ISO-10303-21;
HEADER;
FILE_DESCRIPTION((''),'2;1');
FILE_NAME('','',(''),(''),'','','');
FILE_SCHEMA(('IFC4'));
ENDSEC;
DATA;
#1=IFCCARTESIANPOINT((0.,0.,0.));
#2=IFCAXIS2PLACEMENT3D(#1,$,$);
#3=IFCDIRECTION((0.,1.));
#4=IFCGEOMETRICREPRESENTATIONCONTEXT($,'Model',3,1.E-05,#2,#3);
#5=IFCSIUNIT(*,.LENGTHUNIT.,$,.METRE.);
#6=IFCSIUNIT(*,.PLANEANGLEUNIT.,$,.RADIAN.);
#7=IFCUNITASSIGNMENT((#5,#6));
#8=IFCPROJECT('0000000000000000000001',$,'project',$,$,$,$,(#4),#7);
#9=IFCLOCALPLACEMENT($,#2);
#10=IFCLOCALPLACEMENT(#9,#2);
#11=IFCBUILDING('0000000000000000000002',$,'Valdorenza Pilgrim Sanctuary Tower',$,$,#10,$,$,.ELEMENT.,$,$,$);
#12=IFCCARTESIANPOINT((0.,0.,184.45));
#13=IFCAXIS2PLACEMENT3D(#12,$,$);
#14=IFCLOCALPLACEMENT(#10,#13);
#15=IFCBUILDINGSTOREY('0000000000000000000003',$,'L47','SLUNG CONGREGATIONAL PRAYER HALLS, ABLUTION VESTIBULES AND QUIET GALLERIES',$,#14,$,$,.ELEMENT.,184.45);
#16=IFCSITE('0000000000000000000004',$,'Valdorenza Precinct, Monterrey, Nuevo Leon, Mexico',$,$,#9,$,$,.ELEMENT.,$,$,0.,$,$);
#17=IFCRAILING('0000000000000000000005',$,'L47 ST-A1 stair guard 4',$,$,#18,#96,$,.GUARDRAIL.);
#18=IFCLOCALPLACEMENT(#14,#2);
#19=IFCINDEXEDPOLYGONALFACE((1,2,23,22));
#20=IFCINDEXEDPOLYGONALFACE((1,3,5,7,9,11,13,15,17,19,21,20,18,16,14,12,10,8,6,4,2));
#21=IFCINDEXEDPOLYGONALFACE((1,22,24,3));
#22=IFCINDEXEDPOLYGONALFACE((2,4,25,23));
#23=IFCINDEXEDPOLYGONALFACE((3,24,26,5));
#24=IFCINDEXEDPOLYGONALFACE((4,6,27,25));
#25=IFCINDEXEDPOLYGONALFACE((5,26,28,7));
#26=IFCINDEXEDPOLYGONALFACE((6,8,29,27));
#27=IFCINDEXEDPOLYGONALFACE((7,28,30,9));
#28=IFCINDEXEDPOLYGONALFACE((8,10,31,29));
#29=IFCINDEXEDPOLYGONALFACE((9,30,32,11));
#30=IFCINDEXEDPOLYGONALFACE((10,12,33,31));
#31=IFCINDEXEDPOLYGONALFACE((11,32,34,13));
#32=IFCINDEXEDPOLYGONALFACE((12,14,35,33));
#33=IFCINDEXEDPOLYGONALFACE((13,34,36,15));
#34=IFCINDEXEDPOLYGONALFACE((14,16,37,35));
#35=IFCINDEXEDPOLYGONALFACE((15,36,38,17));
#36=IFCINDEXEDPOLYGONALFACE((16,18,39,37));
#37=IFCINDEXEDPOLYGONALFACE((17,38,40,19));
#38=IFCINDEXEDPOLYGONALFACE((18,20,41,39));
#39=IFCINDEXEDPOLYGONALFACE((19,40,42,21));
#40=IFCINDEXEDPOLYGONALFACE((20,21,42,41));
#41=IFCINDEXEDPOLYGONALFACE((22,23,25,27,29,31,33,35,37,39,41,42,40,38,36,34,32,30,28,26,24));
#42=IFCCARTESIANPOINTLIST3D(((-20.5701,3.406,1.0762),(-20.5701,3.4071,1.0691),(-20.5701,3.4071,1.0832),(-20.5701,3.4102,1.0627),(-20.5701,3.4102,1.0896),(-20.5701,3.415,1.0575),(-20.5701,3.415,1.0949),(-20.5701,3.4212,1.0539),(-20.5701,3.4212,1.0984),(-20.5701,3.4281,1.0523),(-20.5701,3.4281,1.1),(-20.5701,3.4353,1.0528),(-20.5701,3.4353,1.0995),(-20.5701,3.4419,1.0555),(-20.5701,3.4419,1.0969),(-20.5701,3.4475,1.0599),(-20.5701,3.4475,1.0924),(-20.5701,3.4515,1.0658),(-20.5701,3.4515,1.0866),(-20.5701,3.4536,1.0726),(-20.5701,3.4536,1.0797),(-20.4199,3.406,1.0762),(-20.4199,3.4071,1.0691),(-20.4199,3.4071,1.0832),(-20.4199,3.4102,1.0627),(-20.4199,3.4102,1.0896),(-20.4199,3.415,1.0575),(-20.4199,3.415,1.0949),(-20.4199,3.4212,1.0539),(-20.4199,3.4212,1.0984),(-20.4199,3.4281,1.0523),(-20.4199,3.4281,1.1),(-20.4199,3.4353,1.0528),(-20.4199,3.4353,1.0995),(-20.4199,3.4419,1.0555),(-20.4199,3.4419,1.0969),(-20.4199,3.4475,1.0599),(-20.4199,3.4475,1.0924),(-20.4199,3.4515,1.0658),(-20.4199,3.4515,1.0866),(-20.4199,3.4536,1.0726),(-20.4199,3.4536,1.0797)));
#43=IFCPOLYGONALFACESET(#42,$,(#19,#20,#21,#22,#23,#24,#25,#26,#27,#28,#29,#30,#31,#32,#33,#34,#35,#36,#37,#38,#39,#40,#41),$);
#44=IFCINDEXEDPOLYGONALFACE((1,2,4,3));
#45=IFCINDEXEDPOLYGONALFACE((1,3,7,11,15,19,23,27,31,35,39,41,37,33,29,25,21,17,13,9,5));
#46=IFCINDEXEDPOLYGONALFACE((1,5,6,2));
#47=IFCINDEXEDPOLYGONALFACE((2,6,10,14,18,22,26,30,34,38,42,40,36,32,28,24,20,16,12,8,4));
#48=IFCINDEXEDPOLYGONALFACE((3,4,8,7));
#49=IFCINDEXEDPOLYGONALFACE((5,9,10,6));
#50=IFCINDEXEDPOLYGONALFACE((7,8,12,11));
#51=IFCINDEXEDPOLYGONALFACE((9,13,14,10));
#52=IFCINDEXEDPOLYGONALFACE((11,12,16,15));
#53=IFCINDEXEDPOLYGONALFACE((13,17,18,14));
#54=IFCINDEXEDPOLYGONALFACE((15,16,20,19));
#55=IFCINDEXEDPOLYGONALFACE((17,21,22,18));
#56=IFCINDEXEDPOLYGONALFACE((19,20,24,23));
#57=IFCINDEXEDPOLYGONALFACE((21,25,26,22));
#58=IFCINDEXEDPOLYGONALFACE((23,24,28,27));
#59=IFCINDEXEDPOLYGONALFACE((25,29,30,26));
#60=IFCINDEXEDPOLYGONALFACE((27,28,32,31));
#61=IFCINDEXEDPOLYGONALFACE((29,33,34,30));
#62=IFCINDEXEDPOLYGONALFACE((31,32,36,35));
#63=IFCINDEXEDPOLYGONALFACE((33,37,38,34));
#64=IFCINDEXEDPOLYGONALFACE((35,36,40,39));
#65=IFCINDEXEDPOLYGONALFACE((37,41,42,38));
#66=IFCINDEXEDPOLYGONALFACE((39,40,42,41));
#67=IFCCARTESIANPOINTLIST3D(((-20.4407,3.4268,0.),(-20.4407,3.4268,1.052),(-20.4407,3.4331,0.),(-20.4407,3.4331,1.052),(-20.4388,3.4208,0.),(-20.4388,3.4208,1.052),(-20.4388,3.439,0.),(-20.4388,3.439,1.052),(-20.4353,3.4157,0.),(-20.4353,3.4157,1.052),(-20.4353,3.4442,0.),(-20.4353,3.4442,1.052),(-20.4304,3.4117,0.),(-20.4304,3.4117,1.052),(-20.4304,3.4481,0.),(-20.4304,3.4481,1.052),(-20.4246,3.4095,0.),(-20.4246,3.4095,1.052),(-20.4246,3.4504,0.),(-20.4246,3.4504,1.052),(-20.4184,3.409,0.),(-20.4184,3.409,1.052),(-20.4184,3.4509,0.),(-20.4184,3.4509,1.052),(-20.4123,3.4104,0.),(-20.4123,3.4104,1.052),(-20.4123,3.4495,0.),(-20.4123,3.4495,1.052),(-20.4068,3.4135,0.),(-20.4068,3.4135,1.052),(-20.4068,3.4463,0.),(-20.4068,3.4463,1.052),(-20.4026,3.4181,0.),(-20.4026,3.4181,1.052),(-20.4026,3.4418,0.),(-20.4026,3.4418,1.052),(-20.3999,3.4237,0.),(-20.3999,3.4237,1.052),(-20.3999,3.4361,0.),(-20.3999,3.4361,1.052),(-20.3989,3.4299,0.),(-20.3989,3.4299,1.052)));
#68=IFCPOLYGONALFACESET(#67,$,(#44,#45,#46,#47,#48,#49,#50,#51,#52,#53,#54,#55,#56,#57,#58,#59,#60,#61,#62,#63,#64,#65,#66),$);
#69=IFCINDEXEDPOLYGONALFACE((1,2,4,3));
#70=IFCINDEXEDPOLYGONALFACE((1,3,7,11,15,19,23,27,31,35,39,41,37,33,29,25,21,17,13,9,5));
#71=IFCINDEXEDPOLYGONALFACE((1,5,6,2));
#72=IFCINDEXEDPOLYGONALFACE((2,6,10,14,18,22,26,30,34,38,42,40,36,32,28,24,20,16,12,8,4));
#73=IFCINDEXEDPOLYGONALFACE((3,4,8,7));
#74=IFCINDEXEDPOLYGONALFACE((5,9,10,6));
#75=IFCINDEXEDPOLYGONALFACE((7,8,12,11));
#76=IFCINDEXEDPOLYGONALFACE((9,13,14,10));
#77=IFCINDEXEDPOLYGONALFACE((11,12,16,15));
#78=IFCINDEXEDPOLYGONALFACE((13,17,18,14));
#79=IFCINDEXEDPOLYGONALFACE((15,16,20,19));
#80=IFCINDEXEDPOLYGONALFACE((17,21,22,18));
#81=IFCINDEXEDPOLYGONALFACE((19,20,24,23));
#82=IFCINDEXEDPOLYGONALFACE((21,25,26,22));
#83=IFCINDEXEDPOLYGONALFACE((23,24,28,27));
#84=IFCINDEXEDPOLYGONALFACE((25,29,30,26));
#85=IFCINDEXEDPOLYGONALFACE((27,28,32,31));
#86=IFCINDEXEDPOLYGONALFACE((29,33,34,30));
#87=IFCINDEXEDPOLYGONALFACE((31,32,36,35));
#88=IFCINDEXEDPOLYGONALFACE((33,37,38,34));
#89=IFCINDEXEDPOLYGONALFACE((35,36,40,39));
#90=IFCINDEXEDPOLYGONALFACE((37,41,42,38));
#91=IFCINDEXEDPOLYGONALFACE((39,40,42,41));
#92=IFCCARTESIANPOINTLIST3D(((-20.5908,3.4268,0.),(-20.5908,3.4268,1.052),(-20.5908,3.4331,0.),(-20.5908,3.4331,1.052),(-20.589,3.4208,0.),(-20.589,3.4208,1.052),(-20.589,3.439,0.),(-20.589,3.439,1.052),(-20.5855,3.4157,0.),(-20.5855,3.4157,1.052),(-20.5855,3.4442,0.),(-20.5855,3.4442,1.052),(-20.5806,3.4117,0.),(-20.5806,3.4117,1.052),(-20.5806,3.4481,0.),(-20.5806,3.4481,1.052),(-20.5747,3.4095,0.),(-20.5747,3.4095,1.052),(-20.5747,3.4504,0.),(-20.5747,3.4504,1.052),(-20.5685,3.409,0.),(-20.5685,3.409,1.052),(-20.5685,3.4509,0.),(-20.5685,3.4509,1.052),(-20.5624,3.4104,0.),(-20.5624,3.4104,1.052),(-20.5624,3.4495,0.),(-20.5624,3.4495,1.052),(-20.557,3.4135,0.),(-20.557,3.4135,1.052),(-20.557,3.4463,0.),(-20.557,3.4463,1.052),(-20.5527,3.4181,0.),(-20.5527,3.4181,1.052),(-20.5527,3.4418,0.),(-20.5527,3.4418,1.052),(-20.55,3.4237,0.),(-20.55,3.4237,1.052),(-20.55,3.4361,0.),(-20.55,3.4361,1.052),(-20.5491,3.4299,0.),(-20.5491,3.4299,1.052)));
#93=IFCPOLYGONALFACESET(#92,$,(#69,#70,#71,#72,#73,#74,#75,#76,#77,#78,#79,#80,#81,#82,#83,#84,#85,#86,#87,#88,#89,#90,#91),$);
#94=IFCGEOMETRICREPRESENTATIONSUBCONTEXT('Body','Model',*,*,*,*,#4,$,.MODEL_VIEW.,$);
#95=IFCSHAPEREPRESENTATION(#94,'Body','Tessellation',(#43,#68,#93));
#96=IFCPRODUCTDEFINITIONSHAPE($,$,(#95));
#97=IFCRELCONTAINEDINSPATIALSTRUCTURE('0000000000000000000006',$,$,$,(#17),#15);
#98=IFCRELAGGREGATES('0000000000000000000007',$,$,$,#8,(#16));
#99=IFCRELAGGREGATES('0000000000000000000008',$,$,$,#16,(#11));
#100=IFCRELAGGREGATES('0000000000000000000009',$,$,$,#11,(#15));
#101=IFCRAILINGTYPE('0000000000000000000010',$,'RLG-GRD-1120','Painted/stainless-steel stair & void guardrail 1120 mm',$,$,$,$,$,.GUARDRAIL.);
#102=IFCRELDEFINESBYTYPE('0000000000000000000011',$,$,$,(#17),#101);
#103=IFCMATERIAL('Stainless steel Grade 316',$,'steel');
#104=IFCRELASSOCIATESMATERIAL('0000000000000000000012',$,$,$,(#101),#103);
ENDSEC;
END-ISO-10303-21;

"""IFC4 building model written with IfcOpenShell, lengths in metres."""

from ifc_helpers import new_model, si_unit, direction, frame, origin, origin_2d, place, context, subcontext, project, spatial, circle, extrude, material, type_object, element, save


model = new_model("IFC4")

# Units and contexts
model_context = context("Model", 3, precision=1e-05, world=origin(), true_north=direction((0.0, 1.0)))
body_context = subcontext(model_context, "Body", "Model", "MODEL_VIEW")
ifc_project = project(units=[si_unit("LENGTHUNIT", "METRE"), si_unit("PLANEANGLEUNIT", "RADIAN")], contexts=[model_context])

# Site, building, storey
site_placement = place(None, origin())
site = spatial("IfcSite", under=ifc_project, at=site_placement, Name="Valdorenza Precinct, Monterrey, Nuevo Leon, Mexico", CompositionType="ELEMENT", RefElevation=0.0)
building_placement = place(site_placement, origin())
building = spatial("IfcBuilding", under=site, at=building_placement, Name="Valdorenza Pilgrim Sanctuary Tower", CompositionType="ELEMENT")
storey_placement = place(building_placement, frame((0.0, 0.0, 184.45)))
storey = spatial("IfcBuildingStorey", under=building, at=storey_placement, Name="L47", Description="SLUNG CONGREGATIONAL PRAYER HALLS, ABLUTION VESTIBULES AND QUIET GALLERIES", CompositionType="ELEMENT", Elevation=184.45)

# Railing
ifc_material_1 = material(Name="Stainless steel Grade 316", Category="steel")
railing_type_1 = type_object("IfcRailingType", Name="RLG-GRD-1120", Description="Painted/stainless-steel stair & void guardrail 1120 mm", PredefinedType="GUARDRAIL", material=ifc_material_1)
railing_1_placement = place(storey_placement, frame((-20.4199, 3.4299, 0.0)))
element("IfcRailing", 1, at=railing_1_placement, inside=storey, type_object=railing_type_1, Name="L47 ST-A1 stair guard 4", PredefinedType="GUARDRAIL", context=body_context, shape_type="SweptSolid", body=[
    extrude(circle(Radius=0.0239, at=origin_2d()), frame((0.0, 0.0, 1.0762), z_axis=(-1.0, 0.0, 0.0), x_axis=(0.0, -1.0, 0.0)), (0.0, 0.0, 1.0), 0.1501),
    extrude(circle(Radius=0.021, at=origin_2d()), origin(), (0.0, 0.0, 1.0), 1.052),
    extrude(circle(Radius=0.021, at=origin_2d()), frame((-0.1501, 0.0, 0.0)), (0.0, 0.0, 1.0), 1.052),
])

save(model, "model.ifc")
